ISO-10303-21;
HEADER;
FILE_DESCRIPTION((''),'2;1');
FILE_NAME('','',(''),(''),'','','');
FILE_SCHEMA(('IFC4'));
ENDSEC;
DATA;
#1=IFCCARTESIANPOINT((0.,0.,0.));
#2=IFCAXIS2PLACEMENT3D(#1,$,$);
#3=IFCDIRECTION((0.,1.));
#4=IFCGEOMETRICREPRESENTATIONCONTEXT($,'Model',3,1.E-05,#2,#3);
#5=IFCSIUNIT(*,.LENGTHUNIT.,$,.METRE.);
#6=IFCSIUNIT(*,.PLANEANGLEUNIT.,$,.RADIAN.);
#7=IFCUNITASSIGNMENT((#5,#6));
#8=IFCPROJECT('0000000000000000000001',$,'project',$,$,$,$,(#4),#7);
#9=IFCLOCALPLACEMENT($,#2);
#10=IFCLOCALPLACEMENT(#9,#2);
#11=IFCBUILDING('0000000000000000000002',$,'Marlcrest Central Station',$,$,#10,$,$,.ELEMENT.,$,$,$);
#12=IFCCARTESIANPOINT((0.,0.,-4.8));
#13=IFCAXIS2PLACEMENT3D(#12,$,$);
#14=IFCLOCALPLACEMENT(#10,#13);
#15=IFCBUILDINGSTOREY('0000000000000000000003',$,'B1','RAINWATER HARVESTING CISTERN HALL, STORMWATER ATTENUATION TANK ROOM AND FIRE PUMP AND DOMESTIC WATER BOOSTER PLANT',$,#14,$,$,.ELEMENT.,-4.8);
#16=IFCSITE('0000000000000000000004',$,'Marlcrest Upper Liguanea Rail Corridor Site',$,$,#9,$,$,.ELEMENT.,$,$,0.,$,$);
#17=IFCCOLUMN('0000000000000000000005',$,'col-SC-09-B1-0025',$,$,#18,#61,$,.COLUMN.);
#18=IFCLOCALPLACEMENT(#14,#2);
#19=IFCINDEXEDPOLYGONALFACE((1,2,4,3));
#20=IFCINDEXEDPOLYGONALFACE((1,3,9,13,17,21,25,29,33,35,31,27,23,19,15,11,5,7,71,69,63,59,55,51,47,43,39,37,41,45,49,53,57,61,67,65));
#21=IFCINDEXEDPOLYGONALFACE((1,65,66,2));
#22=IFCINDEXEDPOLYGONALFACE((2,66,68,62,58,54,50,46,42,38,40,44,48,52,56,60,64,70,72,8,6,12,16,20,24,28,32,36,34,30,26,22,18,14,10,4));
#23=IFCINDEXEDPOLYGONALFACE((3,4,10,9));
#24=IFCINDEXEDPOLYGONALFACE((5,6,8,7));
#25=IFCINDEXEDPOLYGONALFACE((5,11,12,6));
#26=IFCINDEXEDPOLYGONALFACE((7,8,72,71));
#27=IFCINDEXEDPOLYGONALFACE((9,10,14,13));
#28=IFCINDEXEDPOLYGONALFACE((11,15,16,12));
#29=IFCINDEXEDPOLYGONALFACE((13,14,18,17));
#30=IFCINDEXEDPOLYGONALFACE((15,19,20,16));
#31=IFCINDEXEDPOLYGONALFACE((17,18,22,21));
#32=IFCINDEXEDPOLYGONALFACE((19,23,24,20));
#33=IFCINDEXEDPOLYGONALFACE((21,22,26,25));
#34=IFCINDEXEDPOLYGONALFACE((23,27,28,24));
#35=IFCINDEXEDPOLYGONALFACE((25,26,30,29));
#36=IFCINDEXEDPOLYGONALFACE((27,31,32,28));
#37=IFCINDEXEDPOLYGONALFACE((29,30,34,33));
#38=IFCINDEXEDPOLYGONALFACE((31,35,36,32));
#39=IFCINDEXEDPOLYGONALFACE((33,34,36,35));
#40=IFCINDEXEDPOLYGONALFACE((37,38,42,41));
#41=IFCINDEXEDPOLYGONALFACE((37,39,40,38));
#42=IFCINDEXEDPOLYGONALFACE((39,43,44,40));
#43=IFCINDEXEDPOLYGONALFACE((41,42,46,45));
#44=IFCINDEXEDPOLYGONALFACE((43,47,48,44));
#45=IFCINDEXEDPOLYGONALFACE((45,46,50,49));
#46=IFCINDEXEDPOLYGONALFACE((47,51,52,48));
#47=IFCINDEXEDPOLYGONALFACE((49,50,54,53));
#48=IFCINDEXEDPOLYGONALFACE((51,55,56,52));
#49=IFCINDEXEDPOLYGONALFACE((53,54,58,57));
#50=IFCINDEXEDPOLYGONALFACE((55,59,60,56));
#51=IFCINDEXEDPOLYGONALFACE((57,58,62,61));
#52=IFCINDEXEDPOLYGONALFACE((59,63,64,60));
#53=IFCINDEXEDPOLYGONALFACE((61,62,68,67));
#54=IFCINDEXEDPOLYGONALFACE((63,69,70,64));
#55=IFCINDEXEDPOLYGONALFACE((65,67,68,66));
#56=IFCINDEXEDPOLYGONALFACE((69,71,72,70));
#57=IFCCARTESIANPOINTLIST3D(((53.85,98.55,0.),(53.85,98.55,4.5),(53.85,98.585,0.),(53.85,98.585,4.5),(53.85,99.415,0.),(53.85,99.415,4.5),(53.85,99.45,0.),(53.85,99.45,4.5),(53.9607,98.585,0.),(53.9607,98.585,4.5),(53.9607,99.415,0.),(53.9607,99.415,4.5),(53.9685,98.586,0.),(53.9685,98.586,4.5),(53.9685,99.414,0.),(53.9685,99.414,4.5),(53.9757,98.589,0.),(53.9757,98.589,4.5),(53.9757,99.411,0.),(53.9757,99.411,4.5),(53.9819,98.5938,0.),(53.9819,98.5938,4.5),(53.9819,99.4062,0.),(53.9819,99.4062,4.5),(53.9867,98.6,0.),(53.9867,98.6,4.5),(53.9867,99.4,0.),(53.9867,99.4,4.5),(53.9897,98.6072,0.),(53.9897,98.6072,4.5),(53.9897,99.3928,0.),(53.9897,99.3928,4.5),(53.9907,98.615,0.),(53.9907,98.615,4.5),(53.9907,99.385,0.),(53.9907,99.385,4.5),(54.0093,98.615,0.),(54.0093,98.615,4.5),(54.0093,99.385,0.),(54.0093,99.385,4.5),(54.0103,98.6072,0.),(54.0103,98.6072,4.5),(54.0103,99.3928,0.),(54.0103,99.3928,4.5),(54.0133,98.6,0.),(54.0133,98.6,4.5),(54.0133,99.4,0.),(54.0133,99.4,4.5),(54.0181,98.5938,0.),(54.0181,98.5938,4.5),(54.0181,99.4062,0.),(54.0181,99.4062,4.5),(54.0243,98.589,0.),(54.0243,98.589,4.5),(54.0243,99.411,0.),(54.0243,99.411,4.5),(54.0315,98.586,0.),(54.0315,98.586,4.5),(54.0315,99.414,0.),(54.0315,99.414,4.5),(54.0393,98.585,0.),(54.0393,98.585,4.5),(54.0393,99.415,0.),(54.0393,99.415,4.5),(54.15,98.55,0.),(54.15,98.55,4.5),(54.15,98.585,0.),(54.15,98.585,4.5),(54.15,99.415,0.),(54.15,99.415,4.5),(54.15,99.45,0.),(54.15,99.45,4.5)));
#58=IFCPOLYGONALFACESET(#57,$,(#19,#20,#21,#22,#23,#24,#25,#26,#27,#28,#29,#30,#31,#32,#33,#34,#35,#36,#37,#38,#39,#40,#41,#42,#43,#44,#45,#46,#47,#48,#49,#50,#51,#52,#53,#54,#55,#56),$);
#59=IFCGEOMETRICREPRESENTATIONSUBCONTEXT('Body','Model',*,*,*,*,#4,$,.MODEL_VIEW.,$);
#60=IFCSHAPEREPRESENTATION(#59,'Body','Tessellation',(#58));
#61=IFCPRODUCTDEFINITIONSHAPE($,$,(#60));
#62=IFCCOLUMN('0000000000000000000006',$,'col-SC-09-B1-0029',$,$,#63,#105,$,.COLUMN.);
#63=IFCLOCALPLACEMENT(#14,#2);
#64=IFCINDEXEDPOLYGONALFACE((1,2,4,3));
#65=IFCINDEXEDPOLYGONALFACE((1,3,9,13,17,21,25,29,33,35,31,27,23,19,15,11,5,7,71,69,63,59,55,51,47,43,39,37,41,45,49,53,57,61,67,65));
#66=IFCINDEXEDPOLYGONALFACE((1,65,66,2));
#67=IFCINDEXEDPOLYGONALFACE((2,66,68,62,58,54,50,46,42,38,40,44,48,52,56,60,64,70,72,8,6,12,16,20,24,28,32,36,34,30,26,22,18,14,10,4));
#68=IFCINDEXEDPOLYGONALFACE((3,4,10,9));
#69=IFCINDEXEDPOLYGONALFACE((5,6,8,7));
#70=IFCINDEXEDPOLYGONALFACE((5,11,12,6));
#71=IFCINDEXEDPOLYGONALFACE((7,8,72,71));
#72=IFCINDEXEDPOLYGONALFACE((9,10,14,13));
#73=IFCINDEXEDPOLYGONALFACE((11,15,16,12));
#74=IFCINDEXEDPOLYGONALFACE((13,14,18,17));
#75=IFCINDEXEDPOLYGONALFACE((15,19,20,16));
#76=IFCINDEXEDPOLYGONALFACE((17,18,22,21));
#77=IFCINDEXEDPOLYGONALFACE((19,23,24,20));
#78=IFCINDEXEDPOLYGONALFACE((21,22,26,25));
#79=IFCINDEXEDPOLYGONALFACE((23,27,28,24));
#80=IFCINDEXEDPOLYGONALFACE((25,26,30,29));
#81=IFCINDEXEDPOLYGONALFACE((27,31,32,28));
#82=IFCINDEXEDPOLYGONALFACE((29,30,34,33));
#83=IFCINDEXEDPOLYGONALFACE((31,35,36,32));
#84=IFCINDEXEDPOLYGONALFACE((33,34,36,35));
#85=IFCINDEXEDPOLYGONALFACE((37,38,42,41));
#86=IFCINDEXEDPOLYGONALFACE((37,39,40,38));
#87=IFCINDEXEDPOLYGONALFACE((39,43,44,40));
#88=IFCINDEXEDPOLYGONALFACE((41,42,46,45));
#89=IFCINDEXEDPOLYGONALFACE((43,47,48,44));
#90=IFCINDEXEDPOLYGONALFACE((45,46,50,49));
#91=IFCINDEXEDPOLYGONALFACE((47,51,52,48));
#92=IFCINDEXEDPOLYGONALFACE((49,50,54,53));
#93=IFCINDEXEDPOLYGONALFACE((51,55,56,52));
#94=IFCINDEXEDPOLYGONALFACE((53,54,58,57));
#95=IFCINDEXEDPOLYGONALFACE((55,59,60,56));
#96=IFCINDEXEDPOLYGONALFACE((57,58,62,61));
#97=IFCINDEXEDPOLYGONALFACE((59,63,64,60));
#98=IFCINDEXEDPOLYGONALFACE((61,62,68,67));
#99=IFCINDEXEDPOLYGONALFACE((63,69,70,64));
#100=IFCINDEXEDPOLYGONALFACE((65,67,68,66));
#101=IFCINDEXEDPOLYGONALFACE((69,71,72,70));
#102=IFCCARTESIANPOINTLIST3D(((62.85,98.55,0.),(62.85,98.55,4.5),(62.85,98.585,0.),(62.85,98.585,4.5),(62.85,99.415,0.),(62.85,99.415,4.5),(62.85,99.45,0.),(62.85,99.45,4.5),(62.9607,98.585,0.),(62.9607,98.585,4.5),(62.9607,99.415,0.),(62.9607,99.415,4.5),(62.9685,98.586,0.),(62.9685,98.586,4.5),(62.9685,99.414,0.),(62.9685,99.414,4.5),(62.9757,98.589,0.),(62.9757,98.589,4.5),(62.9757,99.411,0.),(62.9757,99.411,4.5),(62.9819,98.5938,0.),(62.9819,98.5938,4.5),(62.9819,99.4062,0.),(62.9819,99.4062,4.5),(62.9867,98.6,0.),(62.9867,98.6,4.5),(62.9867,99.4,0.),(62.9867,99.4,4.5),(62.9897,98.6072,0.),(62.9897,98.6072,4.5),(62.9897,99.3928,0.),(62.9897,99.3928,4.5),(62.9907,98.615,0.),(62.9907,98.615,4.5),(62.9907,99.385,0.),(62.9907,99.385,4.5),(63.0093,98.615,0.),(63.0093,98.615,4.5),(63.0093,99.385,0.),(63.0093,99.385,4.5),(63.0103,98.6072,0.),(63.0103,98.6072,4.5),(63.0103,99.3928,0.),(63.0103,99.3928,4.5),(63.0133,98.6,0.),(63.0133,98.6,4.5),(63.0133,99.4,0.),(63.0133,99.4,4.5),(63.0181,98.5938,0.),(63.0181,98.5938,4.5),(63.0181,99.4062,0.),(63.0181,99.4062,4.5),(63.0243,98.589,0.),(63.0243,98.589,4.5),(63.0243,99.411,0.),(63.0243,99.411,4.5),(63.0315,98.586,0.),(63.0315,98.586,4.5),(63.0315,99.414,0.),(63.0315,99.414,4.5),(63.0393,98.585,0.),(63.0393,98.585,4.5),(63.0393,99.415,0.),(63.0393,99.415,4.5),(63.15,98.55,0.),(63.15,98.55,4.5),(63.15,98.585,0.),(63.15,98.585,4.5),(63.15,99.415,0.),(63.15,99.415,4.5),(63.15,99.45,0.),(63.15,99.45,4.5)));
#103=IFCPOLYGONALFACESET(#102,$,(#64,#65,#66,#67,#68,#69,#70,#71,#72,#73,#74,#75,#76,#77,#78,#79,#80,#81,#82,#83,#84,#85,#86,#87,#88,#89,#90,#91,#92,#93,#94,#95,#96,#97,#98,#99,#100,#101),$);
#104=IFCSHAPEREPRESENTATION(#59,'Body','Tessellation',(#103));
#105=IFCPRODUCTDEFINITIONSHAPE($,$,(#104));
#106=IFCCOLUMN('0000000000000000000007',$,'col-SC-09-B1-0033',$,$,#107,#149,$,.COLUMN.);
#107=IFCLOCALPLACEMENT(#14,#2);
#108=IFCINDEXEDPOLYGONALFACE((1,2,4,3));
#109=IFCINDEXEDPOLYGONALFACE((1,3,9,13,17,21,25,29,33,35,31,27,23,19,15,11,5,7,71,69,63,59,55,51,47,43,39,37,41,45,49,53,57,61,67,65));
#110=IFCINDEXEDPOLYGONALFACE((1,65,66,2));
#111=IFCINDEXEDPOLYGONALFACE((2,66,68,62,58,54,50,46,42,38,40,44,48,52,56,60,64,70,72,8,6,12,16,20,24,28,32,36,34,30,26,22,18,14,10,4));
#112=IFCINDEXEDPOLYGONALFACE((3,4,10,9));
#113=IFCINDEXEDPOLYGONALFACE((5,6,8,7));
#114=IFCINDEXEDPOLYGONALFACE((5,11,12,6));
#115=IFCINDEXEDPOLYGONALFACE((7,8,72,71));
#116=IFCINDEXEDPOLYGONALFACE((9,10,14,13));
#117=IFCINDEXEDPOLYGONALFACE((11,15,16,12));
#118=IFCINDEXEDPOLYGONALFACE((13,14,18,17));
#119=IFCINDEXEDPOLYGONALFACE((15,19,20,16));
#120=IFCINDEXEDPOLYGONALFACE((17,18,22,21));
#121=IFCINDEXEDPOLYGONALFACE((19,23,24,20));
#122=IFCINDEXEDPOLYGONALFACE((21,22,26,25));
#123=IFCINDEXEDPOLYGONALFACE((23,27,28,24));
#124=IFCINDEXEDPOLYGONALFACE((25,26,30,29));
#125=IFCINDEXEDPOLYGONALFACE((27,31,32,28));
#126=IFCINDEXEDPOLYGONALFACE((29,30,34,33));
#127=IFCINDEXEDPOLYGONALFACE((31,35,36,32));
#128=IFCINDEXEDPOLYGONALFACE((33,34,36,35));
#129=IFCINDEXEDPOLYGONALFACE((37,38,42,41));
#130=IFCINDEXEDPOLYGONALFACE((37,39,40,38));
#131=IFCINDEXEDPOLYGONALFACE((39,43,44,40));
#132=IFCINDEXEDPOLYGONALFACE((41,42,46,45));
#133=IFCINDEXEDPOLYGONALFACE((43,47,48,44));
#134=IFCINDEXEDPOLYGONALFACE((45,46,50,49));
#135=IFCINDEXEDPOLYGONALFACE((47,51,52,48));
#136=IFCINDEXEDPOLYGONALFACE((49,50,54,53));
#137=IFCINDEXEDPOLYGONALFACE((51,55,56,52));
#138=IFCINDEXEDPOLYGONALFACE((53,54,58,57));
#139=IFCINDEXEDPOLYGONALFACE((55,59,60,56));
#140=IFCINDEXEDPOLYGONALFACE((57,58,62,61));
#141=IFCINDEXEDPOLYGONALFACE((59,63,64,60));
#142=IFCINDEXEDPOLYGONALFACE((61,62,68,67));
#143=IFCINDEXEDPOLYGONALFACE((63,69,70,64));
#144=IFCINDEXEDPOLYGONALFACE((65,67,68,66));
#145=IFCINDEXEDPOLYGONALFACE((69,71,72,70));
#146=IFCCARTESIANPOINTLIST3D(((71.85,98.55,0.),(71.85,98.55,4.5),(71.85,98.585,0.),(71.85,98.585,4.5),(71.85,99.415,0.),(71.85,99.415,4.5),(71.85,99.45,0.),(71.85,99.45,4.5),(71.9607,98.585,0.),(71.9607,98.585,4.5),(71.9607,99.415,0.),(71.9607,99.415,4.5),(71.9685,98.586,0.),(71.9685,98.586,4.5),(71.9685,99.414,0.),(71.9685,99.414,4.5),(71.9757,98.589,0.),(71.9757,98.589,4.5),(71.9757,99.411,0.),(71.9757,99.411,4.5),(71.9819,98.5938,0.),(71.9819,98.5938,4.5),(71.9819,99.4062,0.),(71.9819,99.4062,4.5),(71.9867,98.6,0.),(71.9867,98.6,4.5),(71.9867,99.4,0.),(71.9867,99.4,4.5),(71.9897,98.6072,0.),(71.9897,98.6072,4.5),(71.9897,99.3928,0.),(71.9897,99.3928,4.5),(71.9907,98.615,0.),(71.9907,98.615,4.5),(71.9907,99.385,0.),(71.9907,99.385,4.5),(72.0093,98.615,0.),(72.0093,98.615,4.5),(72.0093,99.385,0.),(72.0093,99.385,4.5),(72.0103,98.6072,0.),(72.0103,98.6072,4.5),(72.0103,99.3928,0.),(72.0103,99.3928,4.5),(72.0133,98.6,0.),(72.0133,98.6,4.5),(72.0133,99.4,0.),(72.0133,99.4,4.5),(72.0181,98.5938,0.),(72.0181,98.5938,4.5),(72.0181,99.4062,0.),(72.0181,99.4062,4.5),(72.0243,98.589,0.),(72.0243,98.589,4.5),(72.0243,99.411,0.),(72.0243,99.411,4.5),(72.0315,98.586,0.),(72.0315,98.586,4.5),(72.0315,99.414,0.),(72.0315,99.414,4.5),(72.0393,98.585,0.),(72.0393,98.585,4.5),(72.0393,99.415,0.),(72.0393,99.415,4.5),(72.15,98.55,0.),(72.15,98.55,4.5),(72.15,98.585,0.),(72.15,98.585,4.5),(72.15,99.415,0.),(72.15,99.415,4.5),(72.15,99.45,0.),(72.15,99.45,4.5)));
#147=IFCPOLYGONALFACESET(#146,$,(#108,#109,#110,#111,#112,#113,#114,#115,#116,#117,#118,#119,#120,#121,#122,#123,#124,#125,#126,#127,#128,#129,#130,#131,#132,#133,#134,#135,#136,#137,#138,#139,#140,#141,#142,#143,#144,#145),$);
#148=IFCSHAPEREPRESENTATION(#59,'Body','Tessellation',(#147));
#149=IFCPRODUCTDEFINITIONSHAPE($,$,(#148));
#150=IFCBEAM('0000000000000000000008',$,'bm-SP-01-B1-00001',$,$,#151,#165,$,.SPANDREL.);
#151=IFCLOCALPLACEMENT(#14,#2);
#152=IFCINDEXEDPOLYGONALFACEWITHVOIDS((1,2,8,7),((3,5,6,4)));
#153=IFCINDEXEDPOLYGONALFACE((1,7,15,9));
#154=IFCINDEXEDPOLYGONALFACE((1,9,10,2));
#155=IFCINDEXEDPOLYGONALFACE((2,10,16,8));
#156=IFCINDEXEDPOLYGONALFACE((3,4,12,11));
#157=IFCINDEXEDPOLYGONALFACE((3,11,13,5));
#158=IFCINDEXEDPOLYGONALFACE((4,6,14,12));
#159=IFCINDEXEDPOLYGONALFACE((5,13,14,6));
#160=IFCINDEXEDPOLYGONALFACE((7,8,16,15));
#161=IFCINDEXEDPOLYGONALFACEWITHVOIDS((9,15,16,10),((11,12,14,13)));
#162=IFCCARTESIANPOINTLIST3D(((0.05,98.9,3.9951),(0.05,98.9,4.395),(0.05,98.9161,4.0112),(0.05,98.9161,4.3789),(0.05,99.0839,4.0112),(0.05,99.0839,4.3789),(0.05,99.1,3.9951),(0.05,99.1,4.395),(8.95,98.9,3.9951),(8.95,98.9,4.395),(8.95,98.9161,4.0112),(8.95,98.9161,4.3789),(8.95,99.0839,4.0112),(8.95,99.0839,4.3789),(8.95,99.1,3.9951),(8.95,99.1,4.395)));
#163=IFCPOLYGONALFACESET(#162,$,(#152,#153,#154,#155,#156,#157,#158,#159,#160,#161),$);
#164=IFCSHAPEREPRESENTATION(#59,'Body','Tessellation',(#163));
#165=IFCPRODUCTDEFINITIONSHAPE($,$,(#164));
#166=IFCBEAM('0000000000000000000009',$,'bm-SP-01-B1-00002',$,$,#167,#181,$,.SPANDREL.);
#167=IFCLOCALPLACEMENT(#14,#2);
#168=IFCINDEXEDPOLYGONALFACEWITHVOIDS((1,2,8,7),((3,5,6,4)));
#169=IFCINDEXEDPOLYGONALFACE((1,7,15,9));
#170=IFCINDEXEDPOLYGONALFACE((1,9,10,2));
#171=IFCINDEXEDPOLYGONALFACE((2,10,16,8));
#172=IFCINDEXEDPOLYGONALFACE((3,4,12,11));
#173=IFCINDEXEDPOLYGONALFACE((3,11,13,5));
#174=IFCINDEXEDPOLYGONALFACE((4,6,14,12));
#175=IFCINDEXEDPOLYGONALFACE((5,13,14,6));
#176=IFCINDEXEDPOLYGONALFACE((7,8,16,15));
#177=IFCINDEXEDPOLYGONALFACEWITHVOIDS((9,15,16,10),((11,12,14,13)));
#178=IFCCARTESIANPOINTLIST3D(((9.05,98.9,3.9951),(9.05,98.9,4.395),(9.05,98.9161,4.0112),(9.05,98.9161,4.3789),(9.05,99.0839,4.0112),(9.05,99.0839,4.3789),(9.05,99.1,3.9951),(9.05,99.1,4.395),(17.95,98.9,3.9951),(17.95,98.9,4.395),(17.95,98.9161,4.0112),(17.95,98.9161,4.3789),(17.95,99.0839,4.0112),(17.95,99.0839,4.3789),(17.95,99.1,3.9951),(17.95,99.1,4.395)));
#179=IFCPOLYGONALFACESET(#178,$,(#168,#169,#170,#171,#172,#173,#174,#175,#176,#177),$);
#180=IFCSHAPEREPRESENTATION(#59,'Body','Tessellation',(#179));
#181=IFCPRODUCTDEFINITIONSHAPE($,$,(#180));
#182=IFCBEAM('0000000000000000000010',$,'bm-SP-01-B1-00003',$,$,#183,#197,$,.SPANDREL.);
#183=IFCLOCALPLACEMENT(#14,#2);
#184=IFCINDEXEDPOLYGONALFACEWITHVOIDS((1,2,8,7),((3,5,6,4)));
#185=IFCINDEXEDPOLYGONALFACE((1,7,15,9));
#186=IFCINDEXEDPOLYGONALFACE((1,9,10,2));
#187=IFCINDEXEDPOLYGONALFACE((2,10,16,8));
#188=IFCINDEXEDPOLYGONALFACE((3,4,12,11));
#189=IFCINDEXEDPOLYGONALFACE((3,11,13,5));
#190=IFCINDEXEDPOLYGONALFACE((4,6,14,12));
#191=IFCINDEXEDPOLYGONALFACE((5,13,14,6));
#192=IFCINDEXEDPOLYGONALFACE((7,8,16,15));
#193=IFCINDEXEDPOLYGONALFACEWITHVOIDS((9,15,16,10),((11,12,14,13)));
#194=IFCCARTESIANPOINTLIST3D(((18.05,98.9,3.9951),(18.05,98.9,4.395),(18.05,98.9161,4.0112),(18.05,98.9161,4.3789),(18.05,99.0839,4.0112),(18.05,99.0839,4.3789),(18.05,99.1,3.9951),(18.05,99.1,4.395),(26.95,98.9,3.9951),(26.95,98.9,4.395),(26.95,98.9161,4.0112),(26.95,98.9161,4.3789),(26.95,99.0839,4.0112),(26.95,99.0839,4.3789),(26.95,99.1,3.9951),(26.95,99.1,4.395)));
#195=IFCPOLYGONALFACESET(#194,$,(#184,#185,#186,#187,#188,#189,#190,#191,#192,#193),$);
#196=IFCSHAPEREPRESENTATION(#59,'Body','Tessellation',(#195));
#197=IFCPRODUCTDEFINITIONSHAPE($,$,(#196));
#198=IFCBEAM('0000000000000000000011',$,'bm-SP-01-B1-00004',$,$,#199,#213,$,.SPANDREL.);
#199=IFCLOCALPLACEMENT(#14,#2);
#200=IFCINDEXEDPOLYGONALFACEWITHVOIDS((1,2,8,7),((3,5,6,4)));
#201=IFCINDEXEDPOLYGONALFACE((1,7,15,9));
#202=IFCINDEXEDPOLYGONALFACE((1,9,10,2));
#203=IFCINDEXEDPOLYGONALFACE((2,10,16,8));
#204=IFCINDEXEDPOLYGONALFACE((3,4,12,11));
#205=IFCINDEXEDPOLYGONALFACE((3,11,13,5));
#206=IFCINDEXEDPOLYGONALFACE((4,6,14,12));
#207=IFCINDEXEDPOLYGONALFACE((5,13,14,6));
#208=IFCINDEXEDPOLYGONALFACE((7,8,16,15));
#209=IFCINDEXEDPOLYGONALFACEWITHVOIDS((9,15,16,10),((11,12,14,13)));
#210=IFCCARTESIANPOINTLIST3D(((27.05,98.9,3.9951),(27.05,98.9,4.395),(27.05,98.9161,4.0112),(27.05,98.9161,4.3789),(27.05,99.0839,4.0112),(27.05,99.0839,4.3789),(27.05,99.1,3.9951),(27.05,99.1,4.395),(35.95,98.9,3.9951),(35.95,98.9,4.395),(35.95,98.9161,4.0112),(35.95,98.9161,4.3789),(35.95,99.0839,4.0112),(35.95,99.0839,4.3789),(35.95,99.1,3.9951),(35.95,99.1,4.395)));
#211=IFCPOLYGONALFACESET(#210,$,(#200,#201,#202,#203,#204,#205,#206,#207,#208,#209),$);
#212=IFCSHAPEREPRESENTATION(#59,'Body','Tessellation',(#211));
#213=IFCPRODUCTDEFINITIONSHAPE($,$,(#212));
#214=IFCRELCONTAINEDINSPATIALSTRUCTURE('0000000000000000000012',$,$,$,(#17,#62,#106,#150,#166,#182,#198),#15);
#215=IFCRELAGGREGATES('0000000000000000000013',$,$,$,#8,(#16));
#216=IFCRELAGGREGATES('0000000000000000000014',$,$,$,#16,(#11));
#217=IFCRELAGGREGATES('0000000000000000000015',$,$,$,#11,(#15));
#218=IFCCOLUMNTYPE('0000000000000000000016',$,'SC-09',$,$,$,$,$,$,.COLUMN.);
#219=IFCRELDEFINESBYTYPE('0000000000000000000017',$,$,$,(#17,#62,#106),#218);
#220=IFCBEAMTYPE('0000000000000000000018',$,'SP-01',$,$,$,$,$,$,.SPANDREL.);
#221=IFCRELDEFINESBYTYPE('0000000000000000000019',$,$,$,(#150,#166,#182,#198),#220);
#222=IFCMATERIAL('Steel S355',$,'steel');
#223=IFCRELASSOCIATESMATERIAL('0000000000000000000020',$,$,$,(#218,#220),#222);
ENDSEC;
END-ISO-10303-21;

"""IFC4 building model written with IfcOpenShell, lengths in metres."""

from ifc_helpers import new_model, si_unit, direction, frame, origin, origin_2d, place, context, subcontext, project, spatial, hollow_rectangle, i_section, extrude, material, material_profile, profile_set, type_object, element, save


model = new_model("IFC4")

# Units and contexts
model_context = context("Model", 3, precision=1e-05, world=origin(), true_north=direction((0.0, 1.0)))
body_context = subcontext(model_context, "Body", "Model", "MODEL_VIEW")
ifc_project = project(units=[si_unit("LENGTHUNIT", "METRE"), si_unit("PLANEANGLEUNIT", "RADIAN")], contexts=[model_context])

# Site, building, storey
site_placement = place(None, origin())
site = spatial("IfcSite", under=ifc_project, at=site_placement, Name="Marlcrest Upper Liguanea Rail Corridor Site", CompositionType="ELEMENT", RefElevation=0.0)
building_placement = place(site_placement, origin())
building = spatial("IfcBuilding", under=site, at=building_placement, Name="Marlcrest Central Station", CompositionType="ELEMENT")
storey_placement = place(building_placement, frame((0.0, 0.0, -4.8)))
storey = spatial("IfcBuildingStorey", under=building, at=storey_placement, Name="B1", Description="RAINWATER HARVESTING CISTERN HALL, STORMWATER ATTENUATION TANK ROOM AND FIRE PUMP AND DOMESTIC WATER BOOSTER PLANT", CompositionType="ELEMENT", Elevation=-4.8)

# Columns
ifc_material_1 = material(Name="Steel S355", Category="steel")
ifc_material_profile_1 = material_profile(ifc_material_1, i_section(OverallWidth=0.3, OverallDepth=0.8999, WebThickness=0.0186, FlangeThickness=0.0349, FilletRadius=0.03, at=origin_2d()), Name="HEB 900")
ifc_profile_set_1 = profile_set([ifc_material_profile_1], Name="Steel S355")
column_type = type_object("IfcColumnType", Name="SC-09", PredefinedType="COLUMN", material=ifc_profile_set_1)
for number, where, z_axis, x_axis, name in (
    (1, (54.0, 99.0, 0.0), (0.0, 0.0, 1.0), (1.0, 0.0, 0.0), "col-SC-09-B1-0025"),
    (2, (63.0, 99.0, 0.0), (0.0, 0.0, 1.0), (1.0, 0.0, 0.0), "col-SC-09-B1-0029"),
    (3, (72.0, 99.0, 0.0), (0.0, 0.0, 1.0), (1.0, 0.0, 0.0), "col-SC-09-B1-0033"),
):
    element("IfcColumn", number, at=place(storey_placement, frame(where, z_axis=z_axis, x_axis=x_axis)), inside=storey, type_object=column_type, Name=name, PredefinedType="COLUMN", context=body_context, shape_type="SweptSolid", body=[
        extrude(i_section(OverallWidth=0.3, OverallDepth=0.8999, WebThickness=0.0186, FlangeThickness=0.0349, FilletRadius=0.03, at=origin_2d()), origin(), (0.0, 0.0, 1.0), 4.5),
    ])

# Beams
ifc_material_profile_2 = material_profile(ifc_material_1, hollow_rectangle(XDim=0.2, YDim=0.3999, WallThickness=0.0161, at=origin_2d()), Name="RHS 400x200x16")
ifc_profile_set_2 = profile_set([ifc_material_profile_2], Name="Steel S355")
beam_type = type_object("IfcBeamType", Name="SP-01", PredefinedType="SPANDREL", material=ifc_profile_set_2)
for number, where, z_axis, x_axis, name in (
    (4, (0.05, 99.0, 4.1951), (1.0, 0.0, 0.0), (0.0, 1.0, 0.0), "bm-SP-01-B1-00001"),
    (5, (9.05, 99.0, 4.1951), (1.0, 0.0, 0.0), (0.0, 1.0, 0.0), "bm-SP-01-B1-00002"),
    (6, (18.05, 99.0, 4.1951), (1.0, 0.0, 0.0), (0.0, 1.0, 0.0), "bm-SP-01-B1-00003"),
    (7, (27.05, 99.0, 4.1951), (1.0, 0.0, 0.0), (0.0, 1.0, 0.0), "bm-SP-01-B1-00004"),
):
    element("IfcBeam", number, at=place(storey_placement, frame(where, z_axis=z_axis, x_axis=x_axis)), inside=storey, type_object=beam_type, Name=name, PredefinedType="SPANDREL", context=body_context, shape_type="SweptSolid", body=[
        extrude(hollow_rectangle(XDim=0.2, YDim=0.3999, WallThickness=0.0161, at=origin_2d()), origin(), (0.0, 0.0, 1.0), 8.8999),
    ])

save(model, "model.ifc")
